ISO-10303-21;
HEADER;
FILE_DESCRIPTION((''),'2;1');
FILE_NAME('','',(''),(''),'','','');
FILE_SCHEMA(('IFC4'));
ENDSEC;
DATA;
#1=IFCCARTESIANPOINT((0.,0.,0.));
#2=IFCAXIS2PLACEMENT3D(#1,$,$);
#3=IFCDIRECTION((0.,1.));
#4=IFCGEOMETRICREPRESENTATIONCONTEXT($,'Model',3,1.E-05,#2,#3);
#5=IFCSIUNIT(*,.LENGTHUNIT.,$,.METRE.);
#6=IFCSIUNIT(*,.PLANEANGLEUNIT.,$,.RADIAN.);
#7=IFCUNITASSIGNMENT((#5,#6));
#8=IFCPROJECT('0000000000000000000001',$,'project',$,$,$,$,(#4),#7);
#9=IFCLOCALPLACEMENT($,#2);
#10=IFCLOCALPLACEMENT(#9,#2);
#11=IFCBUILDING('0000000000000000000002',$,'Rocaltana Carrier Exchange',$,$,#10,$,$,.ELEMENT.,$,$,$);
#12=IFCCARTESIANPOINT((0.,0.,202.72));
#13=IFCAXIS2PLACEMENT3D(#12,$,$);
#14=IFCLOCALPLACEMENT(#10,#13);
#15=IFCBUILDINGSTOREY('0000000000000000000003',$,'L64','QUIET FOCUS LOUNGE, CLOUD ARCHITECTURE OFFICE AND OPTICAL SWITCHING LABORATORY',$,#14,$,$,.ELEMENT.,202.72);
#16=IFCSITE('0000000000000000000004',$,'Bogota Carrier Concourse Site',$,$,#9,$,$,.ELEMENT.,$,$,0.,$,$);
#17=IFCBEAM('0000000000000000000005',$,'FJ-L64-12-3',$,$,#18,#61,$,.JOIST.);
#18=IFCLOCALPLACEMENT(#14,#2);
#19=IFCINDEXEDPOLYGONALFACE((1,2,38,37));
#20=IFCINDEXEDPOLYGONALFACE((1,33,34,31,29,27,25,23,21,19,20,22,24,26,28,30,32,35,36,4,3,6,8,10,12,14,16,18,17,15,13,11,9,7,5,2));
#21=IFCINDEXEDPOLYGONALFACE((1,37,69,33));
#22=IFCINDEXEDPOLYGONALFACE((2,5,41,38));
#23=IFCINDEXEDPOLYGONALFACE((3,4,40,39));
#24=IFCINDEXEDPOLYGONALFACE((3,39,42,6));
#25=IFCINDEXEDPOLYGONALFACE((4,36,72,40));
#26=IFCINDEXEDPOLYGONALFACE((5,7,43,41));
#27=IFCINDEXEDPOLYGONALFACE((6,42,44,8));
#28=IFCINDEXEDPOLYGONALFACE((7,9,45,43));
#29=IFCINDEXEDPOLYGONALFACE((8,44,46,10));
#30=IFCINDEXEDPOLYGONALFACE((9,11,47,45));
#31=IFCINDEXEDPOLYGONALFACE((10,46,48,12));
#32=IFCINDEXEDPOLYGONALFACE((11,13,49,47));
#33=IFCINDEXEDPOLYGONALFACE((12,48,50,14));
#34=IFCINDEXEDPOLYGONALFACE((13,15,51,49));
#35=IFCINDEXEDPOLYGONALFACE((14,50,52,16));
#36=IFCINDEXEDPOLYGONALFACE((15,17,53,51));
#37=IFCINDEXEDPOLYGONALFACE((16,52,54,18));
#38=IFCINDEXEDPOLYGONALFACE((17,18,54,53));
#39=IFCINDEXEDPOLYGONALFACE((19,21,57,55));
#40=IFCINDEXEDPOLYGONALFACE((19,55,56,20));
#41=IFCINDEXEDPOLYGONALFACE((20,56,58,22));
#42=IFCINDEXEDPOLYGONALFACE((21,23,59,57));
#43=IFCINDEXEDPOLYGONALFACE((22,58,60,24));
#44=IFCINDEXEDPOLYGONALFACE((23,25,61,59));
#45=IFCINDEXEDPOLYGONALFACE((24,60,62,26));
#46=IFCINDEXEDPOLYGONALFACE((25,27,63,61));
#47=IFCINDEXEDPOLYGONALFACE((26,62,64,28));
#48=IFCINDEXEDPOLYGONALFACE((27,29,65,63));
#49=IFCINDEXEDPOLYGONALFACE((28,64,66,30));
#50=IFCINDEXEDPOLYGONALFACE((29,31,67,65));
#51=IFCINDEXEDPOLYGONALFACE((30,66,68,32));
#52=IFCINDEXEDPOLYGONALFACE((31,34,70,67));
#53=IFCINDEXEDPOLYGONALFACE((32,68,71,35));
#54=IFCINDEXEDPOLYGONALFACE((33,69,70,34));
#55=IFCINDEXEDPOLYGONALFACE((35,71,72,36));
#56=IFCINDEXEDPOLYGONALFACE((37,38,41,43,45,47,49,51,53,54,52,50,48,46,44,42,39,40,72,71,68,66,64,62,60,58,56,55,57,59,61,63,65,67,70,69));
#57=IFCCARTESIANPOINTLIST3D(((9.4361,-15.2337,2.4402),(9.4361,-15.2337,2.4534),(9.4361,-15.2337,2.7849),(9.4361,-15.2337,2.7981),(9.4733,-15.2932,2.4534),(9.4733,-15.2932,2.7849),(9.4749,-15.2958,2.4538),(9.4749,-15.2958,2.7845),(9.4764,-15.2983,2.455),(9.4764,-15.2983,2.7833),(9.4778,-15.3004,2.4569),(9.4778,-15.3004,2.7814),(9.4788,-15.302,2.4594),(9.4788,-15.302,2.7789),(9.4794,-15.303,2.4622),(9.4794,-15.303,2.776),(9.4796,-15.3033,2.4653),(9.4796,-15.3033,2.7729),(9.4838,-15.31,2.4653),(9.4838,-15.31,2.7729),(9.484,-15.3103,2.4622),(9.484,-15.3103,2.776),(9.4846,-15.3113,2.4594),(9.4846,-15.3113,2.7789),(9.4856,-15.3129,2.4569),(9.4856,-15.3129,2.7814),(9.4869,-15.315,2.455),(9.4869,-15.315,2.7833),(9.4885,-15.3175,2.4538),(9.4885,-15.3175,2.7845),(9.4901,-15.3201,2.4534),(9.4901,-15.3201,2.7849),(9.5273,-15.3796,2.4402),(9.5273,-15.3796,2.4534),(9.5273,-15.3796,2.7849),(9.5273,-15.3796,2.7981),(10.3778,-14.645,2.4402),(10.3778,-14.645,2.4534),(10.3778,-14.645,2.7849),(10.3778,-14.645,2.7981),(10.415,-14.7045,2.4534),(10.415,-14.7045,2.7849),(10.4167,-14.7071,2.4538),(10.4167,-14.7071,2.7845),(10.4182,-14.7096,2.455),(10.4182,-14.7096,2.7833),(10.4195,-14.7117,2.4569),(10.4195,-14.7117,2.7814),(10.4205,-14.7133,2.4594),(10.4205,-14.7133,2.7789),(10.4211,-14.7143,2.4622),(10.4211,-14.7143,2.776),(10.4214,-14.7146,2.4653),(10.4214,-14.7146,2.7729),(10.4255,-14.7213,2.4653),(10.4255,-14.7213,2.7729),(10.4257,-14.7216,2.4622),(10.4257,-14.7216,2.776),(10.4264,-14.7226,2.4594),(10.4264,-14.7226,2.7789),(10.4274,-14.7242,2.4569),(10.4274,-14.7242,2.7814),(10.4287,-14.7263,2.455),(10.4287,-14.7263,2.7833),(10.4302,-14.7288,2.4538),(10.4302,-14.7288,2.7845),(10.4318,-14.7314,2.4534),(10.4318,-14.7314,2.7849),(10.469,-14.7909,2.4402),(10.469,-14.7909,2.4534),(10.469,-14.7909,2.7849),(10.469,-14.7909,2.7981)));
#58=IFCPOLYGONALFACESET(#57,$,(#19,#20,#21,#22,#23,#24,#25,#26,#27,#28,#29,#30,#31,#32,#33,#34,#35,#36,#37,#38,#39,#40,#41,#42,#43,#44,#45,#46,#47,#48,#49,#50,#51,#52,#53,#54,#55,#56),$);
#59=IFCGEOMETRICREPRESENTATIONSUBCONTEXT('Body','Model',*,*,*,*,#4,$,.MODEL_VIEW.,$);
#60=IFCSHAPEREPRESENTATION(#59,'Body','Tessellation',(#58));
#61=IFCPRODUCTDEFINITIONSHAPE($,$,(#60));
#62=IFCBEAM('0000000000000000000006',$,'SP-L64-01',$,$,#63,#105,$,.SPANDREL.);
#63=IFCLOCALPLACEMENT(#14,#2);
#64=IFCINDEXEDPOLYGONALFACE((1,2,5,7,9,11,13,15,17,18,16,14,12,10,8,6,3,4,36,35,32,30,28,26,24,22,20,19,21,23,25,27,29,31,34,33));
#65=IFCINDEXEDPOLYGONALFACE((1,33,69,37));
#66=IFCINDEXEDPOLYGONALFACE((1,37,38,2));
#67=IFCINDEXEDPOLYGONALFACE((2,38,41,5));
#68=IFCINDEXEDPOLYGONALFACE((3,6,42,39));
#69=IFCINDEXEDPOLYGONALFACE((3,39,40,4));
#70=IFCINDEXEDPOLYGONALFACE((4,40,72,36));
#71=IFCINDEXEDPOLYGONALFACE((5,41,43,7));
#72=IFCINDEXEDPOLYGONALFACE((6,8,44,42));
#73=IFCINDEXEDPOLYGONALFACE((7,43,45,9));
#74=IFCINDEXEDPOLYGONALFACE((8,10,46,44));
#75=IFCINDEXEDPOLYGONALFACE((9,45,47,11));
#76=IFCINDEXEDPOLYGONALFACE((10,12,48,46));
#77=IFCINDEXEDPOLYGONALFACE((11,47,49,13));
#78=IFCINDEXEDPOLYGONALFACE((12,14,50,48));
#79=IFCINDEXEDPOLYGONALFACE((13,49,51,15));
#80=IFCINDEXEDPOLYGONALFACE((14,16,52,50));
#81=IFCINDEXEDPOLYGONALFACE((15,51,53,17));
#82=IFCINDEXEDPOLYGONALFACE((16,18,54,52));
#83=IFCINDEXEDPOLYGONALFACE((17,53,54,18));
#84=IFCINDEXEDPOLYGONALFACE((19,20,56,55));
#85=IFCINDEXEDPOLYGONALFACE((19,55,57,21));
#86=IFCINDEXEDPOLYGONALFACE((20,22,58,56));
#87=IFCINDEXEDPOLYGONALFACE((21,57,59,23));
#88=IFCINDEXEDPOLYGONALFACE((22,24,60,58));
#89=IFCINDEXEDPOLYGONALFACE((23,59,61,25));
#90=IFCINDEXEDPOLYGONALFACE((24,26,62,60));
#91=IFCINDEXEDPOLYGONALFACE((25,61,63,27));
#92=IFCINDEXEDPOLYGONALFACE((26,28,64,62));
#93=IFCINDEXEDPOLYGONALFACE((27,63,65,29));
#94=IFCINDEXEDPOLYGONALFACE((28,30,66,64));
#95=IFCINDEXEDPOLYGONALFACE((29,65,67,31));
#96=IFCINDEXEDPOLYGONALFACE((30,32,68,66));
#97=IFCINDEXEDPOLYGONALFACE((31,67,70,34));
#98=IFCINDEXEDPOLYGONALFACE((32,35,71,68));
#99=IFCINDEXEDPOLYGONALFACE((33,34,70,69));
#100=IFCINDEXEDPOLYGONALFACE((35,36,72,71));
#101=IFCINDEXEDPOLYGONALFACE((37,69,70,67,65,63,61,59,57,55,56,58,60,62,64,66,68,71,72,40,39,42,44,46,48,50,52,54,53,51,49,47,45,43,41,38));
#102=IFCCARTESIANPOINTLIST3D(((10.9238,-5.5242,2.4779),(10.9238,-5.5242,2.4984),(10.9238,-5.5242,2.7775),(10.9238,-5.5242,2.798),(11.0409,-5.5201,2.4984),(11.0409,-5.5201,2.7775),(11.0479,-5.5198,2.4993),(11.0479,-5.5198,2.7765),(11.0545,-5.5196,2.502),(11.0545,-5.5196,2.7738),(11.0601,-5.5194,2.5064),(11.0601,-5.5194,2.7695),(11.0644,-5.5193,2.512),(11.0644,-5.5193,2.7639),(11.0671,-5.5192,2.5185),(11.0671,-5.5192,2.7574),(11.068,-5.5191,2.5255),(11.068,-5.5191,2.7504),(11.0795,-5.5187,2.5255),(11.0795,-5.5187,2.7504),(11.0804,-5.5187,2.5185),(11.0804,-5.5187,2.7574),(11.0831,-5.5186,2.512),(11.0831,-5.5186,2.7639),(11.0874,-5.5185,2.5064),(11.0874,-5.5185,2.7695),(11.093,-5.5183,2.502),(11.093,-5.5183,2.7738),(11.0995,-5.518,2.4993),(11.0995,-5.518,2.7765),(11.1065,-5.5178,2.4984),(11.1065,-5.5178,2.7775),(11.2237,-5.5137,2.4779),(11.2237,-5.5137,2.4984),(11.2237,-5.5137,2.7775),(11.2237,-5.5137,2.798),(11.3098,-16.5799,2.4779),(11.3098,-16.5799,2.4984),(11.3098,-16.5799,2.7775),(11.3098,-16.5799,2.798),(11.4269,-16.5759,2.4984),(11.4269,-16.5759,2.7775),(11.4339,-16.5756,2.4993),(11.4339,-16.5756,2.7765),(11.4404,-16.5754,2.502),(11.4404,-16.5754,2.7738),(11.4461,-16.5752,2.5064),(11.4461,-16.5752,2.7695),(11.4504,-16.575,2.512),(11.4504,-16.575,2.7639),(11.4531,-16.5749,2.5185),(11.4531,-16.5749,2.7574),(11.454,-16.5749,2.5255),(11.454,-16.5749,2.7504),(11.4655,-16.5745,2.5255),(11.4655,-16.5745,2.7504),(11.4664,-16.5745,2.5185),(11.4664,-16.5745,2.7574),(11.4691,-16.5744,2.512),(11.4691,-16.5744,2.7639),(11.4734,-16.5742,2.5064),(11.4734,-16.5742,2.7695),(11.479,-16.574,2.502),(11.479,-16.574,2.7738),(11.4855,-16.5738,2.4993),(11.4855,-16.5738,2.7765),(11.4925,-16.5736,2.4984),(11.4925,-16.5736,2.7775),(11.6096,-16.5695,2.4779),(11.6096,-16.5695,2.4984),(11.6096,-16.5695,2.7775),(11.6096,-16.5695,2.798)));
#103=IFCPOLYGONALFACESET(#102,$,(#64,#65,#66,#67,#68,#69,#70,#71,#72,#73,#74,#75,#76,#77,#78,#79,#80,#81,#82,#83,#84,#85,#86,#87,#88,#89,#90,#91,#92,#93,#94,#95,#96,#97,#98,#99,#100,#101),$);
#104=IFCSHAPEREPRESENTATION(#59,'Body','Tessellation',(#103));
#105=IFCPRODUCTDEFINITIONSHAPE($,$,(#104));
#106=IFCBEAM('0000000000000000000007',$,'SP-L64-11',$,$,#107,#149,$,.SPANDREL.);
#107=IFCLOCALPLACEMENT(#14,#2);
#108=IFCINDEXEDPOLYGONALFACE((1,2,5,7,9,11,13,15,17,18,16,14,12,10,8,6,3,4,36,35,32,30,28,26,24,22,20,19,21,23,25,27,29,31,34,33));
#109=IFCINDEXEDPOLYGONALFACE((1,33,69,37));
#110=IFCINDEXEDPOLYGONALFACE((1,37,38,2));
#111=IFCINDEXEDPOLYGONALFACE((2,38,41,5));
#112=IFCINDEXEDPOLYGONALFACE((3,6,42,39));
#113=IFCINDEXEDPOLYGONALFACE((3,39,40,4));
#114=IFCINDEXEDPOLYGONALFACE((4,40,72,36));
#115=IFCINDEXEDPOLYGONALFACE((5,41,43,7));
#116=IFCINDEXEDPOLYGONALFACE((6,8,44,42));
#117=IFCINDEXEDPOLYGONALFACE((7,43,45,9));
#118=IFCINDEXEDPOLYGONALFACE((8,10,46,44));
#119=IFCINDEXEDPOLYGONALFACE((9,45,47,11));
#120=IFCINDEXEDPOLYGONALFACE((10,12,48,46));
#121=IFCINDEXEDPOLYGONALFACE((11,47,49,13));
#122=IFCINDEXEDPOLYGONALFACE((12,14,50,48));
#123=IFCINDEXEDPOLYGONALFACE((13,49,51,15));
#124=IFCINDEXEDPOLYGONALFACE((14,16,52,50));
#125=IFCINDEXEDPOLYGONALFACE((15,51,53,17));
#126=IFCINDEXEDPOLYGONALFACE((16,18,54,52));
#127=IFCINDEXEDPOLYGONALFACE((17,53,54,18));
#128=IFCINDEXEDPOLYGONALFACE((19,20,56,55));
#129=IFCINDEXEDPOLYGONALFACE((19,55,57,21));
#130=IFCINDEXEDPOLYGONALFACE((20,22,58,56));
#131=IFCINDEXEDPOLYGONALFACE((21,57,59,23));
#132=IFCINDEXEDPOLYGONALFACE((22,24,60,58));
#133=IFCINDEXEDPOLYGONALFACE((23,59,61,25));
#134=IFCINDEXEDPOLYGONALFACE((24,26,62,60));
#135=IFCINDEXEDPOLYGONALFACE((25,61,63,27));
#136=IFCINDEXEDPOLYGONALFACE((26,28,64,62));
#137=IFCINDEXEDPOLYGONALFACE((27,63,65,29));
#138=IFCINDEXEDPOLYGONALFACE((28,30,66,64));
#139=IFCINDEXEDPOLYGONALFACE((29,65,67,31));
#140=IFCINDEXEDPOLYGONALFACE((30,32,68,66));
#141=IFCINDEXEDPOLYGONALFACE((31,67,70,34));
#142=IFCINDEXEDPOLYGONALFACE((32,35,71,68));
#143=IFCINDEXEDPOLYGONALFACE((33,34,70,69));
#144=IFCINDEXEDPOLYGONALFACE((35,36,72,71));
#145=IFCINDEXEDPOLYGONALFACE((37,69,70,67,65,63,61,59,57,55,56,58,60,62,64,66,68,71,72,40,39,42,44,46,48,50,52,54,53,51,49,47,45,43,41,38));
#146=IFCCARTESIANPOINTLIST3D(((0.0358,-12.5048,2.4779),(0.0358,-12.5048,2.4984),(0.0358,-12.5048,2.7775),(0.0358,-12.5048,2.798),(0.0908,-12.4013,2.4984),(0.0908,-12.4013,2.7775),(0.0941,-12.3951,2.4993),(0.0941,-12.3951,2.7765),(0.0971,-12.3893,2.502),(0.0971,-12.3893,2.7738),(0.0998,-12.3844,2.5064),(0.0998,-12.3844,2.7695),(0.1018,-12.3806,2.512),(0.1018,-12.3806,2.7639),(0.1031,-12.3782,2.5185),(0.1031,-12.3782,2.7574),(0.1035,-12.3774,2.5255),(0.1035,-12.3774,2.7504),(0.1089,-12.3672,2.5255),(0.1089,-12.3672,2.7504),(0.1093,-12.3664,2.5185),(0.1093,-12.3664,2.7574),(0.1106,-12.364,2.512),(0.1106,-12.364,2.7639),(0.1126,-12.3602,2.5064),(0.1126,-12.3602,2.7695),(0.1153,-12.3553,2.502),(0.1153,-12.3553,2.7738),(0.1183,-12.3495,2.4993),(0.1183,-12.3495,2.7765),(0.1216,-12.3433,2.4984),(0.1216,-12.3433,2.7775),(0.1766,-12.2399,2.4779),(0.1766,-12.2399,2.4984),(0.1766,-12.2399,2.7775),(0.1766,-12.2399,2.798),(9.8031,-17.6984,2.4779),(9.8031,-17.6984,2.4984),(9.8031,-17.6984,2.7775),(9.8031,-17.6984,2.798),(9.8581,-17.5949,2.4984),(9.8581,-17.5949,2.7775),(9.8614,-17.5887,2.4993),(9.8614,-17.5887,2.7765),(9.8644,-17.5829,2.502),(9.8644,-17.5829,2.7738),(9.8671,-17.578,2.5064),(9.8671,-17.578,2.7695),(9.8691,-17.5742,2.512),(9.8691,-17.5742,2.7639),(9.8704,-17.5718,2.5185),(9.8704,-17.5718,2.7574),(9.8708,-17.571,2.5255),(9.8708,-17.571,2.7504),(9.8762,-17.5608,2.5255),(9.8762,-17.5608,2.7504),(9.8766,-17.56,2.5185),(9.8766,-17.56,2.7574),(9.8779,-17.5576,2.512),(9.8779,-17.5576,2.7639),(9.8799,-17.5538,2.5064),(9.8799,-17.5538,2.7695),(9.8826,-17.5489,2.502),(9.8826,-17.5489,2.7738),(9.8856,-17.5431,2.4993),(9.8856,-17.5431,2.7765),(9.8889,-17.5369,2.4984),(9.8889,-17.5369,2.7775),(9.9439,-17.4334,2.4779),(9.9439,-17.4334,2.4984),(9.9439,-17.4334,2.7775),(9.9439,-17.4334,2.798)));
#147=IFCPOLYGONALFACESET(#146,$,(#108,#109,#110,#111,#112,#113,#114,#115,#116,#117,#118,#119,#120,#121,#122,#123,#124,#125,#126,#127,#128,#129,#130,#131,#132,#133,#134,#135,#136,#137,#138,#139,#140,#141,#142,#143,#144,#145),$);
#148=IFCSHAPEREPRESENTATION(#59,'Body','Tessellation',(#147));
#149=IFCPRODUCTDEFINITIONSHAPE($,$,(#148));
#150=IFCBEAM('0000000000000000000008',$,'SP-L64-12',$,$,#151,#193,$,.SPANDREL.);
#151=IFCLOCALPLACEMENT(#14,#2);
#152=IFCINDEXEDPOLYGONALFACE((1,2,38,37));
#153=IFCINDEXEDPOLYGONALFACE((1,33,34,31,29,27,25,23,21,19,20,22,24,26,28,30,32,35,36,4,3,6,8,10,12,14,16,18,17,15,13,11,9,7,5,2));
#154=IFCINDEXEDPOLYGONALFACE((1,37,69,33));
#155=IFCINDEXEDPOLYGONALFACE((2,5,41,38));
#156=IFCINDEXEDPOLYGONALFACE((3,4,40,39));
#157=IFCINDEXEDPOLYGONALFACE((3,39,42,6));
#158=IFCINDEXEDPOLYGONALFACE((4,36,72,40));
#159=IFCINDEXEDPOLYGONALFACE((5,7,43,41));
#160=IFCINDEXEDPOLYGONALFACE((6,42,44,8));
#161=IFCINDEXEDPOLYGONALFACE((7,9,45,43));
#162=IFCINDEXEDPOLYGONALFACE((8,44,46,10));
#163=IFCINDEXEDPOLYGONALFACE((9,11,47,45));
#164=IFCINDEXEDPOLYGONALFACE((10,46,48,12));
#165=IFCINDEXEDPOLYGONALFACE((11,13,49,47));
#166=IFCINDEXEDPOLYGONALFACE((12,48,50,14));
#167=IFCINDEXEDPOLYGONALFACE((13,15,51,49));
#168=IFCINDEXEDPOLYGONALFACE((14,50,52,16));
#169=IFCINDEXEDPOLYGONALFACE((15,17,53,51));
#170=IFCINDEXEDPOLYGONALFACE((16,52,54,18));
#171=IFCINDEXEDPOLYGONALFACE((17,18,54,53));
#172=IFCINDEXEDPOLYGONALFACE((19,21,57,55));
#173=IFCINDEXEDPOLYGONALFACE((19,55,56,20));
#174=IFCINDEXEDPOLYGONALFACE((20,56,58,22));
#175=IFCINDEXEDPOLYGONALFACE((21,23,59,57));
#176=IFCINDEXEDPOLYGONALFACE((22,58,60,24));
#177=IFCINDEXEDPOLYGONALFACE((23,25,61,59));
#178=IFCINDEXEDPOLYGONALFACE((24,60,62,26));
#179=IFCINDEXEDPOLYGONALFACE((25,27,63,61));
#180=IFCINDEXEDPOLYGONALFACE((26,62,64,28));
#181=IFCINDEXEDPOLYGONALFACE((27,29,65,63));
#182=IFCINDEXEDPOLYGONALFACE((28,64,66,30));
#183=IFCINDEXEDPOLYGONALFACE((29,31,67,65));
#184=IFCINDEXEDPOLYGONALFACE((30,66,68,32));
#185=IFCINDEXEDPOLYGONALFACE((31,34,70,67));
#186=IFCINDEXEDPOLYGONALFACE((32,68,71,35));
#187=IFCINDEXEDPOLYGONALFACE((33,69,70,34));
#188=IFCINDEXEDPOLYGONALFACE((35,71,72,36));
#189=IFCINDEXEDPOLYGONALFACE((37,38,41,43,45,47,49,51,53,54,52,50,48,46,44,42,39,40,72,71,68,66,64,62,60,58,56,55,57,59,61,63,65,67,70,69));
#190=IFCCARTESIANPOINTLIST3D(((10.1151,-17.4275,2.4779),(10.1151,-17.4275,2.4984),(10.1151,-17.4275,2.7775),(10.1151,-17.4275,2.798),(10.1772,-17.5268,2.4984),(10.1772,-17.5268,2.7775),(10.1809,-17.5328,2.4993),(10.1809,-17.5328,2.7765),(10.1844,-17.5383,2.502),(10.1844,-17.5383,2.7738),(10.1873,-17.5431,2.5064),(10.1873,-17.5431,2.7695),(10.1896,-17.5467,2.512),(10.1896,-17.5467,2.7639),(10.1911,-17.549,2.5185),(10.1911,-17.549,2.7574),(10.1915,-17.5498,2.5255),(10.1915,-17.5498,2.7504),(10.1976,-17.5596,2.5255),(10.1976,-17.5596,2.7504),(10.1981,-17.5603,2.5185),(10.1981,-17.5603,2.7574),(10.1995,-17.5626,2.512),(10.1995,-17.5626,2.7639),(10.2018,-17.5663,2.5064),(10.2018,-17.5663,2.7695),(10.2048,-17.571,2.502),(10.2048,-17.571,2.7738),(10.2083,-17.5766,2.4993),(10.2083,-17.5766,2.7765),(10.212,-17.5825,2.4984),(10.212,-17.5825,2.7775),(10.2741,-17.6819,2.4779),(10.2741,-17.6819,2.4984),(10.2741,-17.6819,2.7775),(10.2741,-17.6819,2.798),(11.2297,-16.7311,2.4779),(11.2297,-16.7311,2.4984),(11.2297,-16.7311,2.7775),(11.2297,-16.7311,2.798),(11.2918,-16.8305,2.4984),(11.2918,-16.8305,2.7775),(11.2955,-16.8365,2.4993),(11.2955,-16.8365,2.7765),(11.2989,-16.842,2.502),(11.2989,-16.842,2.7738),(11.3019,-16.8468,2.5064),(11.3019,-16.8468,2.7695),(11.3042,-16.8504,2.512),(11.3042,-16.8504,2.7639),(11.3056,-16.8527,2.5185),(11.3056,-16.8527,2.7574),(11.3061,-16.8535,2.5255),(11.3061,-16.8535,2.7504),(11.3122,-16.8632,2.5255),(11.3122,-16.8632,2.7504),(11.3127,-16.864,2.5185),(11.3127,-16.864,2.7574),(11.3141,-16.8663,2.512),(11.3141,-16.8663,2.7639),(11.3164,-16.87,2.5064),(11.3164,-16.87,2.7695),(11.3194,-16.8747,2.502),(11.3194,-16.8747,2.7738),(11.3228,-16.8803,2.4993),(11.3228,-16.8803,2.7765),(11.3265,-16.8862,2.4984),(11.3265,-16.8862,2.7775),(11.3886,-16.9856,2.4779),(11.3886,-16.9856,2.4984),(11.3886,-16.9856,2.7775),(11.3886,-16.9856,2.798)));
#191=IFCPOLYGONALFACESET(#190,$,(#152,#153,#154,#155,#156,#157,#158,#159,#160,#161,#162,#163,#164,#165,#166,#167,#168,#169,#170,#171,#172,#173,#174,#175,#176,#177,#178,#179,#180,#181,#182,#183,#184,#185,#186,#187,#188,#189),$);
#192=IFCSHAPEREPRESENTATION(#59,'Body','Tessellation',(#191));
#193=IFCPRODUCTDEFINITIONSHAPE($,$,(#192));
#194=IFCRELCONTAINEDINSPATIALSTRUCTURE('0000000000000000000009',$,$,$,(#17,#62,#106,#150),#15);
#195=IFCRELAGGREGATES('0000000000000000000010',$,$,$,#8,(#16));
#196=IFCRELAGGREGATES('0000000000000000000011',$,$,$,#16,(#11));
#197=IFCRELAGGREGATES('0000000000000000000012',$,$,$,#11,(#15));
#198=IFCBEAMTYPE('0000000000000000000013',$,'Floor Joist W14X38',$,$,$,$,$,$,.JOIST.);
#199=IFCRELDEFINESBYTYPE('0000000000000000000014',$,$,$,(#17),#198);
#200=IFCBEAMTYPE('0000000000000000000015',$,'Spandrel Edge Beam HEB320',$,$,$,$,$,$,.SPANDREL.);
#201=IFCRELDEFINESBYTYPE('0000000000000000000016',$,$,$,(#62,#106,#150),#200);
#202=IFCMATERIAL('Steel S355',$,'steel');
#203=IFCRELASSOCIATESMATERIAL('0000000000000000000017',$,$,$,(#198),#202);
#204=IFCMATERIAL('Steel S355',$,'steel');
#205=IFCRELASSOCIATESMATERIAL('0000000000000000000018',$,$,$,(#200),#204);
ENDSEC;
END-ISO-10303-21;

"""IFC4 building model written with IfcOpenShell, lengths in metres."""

from ifc_helpers import new_model, si_unit, direction, frame, origin, origin_2d, place, context, subcontext, project, spatial, i_section, extrude, material, material_profile, profile_set, type_object, element, save


model = new_model("IFC4")

# Units and contexts
model_context = context("Model", 3, precision=1e-05, world=origin(), true_north=direction((0.0, 1.0)))
body_context = subcontext(model_context, "Body", "Model", "MODEL_VIEW")
ifc_project = project(units=[si_unit("LENGTHUNIT", "METRE"), si_unit("PLANEANGLEUNIT", "RADIAN")], contexts=[model_context])

# Site, building, storey
site_placement = place(None, origin())
site = spatial("IfcSite", under=ifc_project, at=site_placement, Name="Bogota Carrier Concourse Site", CompositionType="ELEMENT", RefElevation=0.0)
building_placement = place(site_placement, origin())
building = spatial("IfcBuilding", under=site, at=building_placement, Name="Rocaltana Carrier Exchange", CompositionType="ELEMENT")
storey_placement = place(building_placement, frame((0.0, 0.0, 202.72)))
storey = spatial("IfcBuildingStorey", under=building, at=storey_placement, Name="L64", Description="QUIET FOCUS LOUNGE, CLOUD ARCHITECTURE OFFICE AND OPTICAL SWITCHING LABORATORY", CompositionType="ELEMENT", Elevation=202.72)

# Beams
ifc_material_1 = material(Name="Steel S355", Category="steel")
ifc_material_profile_1 = material_profile(ifc_material_1, i_section(OverallWidth=0.1721, OverallDepth=0.3579, WebThickness=0.0078, FlangeThickness=0.0132, FilletRadius=0.012, at=origin_2d()), Name="W14X38")
ifc_profile_set_1 = profile_set([ifc_material_profile_1], Name="Steel S355")
beam_type_1 = type_object("IfcBeamType", Name="Floor Joist W14X38", PredefinedType="JOIST", material=ifc_profile_set_1)
beam_1_placement = place(storey_placement, frame((9.4817, -15.3066, 2.6191), z_axis=(0.847961, 0.530058, 0.0), x_axis=(-0.530058, 0.847961, 0.0)))
element("IfcBeam", 1, at=beam_1_placement, inside=storey, type_object=beam_type_1, Name="FJ-L64-12-3", PredefinedType="JOIST", context=body_context, shape_type="SweptSolid", body=[
    extrude(i_section(OverallWidth=0.1721, OverallDepth=0.3579, WebThickness=0.0078, FlangeThickness=0.0132, FilletRadius=0.012, at=origin_2d()), origin(), (0.0, 0.0, 1.0), 1.1106),
])
ifc_material_2 = material(Name="Steel S355", Category="steel")
ifc_material_profile_2 = material_profile(ifc_material_2, i_section(OverallWidth=0.3, OverallDepth=0.3201, WebThickness=0.0115, FlangeThickness=0.0205, FilletRadius=0.0271, at=origin_2d()), Name="HEB320")
ifc_profile_set_2 = profile_set([ifc_material_profile_2], Name="Steel S355")
beam_type_2 = type_object("IfcBeamType", Name="Spandrel Edge Beam HEB320", PredefinedType="SPANDREL", material=ifc_profile_set_2)
beam_2_placement = place(storey_placement, frame((11.4597, -16.5747, 2.6379), z_axis=(-0.034892, 0.999391, 0.0), x_axis=(-0.999391, -0.034892, 0.0)))
element("IfcBeam", 2, at=beam_2_placement, inside=storey, type_object=beam_type_2, Name="SP-L64-01", PredefinedType="SPANDREL", context=body_context, shape_type="SweptSolid", body=[
    extrude(i_section(OverallWidth=0.3, OverallDepth=0.3201, WebThickness=0.0115, FlangeThickness=0.0205, FilletRadius=0.0271, at=origin_2d()), origin(), (0.0, 0.0, 1.0), 11.0625),
])
beam_3_placement = place(storey_placement, frame((0.1062, -12.3723, 2.6379), z_axis=(0.882939, -0.469487, 0.0), x_axis=(0.469487, 0.882939, 0.0)))
element("IfcBeam", 3, at=beam_3_placement, inside=storey, type_object=beam_type_2, Name="SP-L64-11", PredefinedType="SPANDREL", context=body_context, shape_type="SweptSolid", body=[
    extrude(i_section(OverallWidth=0.3, OverallDepth=0.3201, WebThickness=0.0115, FlangeThickness=0.0205, FilletRadius=0.0271, at=origin_2d()), origin(), (0.0, 0.0, 1.0), 11.0623),
])
beam_4_placement = place(storey_placement, frame((10.1946, -17.5547, 2.6379), z_axis=(0.848092, 0.529849, 0.0), x_axis=(-0.529849, 0.848092, 0.0)))
element("IfcBeam", 4, at=beam_4_placement, inside=storey, type_object=beam_type_2, Name="SP-L64-12", PredefinedType="SPANDREL", context=body_context, shape_type="SweptSolid", body=[
    extrude(i_section(OverallWidth=0.3, OverallDepth=0.3201, WebThickness=0.0115, FlangeThickness=0.0205, FilletRadius=0.0271, at=origin_2d()), origin(), (0.0, 0.0, 1.0), 1.3142),
])

save(model, "model.ifc")
